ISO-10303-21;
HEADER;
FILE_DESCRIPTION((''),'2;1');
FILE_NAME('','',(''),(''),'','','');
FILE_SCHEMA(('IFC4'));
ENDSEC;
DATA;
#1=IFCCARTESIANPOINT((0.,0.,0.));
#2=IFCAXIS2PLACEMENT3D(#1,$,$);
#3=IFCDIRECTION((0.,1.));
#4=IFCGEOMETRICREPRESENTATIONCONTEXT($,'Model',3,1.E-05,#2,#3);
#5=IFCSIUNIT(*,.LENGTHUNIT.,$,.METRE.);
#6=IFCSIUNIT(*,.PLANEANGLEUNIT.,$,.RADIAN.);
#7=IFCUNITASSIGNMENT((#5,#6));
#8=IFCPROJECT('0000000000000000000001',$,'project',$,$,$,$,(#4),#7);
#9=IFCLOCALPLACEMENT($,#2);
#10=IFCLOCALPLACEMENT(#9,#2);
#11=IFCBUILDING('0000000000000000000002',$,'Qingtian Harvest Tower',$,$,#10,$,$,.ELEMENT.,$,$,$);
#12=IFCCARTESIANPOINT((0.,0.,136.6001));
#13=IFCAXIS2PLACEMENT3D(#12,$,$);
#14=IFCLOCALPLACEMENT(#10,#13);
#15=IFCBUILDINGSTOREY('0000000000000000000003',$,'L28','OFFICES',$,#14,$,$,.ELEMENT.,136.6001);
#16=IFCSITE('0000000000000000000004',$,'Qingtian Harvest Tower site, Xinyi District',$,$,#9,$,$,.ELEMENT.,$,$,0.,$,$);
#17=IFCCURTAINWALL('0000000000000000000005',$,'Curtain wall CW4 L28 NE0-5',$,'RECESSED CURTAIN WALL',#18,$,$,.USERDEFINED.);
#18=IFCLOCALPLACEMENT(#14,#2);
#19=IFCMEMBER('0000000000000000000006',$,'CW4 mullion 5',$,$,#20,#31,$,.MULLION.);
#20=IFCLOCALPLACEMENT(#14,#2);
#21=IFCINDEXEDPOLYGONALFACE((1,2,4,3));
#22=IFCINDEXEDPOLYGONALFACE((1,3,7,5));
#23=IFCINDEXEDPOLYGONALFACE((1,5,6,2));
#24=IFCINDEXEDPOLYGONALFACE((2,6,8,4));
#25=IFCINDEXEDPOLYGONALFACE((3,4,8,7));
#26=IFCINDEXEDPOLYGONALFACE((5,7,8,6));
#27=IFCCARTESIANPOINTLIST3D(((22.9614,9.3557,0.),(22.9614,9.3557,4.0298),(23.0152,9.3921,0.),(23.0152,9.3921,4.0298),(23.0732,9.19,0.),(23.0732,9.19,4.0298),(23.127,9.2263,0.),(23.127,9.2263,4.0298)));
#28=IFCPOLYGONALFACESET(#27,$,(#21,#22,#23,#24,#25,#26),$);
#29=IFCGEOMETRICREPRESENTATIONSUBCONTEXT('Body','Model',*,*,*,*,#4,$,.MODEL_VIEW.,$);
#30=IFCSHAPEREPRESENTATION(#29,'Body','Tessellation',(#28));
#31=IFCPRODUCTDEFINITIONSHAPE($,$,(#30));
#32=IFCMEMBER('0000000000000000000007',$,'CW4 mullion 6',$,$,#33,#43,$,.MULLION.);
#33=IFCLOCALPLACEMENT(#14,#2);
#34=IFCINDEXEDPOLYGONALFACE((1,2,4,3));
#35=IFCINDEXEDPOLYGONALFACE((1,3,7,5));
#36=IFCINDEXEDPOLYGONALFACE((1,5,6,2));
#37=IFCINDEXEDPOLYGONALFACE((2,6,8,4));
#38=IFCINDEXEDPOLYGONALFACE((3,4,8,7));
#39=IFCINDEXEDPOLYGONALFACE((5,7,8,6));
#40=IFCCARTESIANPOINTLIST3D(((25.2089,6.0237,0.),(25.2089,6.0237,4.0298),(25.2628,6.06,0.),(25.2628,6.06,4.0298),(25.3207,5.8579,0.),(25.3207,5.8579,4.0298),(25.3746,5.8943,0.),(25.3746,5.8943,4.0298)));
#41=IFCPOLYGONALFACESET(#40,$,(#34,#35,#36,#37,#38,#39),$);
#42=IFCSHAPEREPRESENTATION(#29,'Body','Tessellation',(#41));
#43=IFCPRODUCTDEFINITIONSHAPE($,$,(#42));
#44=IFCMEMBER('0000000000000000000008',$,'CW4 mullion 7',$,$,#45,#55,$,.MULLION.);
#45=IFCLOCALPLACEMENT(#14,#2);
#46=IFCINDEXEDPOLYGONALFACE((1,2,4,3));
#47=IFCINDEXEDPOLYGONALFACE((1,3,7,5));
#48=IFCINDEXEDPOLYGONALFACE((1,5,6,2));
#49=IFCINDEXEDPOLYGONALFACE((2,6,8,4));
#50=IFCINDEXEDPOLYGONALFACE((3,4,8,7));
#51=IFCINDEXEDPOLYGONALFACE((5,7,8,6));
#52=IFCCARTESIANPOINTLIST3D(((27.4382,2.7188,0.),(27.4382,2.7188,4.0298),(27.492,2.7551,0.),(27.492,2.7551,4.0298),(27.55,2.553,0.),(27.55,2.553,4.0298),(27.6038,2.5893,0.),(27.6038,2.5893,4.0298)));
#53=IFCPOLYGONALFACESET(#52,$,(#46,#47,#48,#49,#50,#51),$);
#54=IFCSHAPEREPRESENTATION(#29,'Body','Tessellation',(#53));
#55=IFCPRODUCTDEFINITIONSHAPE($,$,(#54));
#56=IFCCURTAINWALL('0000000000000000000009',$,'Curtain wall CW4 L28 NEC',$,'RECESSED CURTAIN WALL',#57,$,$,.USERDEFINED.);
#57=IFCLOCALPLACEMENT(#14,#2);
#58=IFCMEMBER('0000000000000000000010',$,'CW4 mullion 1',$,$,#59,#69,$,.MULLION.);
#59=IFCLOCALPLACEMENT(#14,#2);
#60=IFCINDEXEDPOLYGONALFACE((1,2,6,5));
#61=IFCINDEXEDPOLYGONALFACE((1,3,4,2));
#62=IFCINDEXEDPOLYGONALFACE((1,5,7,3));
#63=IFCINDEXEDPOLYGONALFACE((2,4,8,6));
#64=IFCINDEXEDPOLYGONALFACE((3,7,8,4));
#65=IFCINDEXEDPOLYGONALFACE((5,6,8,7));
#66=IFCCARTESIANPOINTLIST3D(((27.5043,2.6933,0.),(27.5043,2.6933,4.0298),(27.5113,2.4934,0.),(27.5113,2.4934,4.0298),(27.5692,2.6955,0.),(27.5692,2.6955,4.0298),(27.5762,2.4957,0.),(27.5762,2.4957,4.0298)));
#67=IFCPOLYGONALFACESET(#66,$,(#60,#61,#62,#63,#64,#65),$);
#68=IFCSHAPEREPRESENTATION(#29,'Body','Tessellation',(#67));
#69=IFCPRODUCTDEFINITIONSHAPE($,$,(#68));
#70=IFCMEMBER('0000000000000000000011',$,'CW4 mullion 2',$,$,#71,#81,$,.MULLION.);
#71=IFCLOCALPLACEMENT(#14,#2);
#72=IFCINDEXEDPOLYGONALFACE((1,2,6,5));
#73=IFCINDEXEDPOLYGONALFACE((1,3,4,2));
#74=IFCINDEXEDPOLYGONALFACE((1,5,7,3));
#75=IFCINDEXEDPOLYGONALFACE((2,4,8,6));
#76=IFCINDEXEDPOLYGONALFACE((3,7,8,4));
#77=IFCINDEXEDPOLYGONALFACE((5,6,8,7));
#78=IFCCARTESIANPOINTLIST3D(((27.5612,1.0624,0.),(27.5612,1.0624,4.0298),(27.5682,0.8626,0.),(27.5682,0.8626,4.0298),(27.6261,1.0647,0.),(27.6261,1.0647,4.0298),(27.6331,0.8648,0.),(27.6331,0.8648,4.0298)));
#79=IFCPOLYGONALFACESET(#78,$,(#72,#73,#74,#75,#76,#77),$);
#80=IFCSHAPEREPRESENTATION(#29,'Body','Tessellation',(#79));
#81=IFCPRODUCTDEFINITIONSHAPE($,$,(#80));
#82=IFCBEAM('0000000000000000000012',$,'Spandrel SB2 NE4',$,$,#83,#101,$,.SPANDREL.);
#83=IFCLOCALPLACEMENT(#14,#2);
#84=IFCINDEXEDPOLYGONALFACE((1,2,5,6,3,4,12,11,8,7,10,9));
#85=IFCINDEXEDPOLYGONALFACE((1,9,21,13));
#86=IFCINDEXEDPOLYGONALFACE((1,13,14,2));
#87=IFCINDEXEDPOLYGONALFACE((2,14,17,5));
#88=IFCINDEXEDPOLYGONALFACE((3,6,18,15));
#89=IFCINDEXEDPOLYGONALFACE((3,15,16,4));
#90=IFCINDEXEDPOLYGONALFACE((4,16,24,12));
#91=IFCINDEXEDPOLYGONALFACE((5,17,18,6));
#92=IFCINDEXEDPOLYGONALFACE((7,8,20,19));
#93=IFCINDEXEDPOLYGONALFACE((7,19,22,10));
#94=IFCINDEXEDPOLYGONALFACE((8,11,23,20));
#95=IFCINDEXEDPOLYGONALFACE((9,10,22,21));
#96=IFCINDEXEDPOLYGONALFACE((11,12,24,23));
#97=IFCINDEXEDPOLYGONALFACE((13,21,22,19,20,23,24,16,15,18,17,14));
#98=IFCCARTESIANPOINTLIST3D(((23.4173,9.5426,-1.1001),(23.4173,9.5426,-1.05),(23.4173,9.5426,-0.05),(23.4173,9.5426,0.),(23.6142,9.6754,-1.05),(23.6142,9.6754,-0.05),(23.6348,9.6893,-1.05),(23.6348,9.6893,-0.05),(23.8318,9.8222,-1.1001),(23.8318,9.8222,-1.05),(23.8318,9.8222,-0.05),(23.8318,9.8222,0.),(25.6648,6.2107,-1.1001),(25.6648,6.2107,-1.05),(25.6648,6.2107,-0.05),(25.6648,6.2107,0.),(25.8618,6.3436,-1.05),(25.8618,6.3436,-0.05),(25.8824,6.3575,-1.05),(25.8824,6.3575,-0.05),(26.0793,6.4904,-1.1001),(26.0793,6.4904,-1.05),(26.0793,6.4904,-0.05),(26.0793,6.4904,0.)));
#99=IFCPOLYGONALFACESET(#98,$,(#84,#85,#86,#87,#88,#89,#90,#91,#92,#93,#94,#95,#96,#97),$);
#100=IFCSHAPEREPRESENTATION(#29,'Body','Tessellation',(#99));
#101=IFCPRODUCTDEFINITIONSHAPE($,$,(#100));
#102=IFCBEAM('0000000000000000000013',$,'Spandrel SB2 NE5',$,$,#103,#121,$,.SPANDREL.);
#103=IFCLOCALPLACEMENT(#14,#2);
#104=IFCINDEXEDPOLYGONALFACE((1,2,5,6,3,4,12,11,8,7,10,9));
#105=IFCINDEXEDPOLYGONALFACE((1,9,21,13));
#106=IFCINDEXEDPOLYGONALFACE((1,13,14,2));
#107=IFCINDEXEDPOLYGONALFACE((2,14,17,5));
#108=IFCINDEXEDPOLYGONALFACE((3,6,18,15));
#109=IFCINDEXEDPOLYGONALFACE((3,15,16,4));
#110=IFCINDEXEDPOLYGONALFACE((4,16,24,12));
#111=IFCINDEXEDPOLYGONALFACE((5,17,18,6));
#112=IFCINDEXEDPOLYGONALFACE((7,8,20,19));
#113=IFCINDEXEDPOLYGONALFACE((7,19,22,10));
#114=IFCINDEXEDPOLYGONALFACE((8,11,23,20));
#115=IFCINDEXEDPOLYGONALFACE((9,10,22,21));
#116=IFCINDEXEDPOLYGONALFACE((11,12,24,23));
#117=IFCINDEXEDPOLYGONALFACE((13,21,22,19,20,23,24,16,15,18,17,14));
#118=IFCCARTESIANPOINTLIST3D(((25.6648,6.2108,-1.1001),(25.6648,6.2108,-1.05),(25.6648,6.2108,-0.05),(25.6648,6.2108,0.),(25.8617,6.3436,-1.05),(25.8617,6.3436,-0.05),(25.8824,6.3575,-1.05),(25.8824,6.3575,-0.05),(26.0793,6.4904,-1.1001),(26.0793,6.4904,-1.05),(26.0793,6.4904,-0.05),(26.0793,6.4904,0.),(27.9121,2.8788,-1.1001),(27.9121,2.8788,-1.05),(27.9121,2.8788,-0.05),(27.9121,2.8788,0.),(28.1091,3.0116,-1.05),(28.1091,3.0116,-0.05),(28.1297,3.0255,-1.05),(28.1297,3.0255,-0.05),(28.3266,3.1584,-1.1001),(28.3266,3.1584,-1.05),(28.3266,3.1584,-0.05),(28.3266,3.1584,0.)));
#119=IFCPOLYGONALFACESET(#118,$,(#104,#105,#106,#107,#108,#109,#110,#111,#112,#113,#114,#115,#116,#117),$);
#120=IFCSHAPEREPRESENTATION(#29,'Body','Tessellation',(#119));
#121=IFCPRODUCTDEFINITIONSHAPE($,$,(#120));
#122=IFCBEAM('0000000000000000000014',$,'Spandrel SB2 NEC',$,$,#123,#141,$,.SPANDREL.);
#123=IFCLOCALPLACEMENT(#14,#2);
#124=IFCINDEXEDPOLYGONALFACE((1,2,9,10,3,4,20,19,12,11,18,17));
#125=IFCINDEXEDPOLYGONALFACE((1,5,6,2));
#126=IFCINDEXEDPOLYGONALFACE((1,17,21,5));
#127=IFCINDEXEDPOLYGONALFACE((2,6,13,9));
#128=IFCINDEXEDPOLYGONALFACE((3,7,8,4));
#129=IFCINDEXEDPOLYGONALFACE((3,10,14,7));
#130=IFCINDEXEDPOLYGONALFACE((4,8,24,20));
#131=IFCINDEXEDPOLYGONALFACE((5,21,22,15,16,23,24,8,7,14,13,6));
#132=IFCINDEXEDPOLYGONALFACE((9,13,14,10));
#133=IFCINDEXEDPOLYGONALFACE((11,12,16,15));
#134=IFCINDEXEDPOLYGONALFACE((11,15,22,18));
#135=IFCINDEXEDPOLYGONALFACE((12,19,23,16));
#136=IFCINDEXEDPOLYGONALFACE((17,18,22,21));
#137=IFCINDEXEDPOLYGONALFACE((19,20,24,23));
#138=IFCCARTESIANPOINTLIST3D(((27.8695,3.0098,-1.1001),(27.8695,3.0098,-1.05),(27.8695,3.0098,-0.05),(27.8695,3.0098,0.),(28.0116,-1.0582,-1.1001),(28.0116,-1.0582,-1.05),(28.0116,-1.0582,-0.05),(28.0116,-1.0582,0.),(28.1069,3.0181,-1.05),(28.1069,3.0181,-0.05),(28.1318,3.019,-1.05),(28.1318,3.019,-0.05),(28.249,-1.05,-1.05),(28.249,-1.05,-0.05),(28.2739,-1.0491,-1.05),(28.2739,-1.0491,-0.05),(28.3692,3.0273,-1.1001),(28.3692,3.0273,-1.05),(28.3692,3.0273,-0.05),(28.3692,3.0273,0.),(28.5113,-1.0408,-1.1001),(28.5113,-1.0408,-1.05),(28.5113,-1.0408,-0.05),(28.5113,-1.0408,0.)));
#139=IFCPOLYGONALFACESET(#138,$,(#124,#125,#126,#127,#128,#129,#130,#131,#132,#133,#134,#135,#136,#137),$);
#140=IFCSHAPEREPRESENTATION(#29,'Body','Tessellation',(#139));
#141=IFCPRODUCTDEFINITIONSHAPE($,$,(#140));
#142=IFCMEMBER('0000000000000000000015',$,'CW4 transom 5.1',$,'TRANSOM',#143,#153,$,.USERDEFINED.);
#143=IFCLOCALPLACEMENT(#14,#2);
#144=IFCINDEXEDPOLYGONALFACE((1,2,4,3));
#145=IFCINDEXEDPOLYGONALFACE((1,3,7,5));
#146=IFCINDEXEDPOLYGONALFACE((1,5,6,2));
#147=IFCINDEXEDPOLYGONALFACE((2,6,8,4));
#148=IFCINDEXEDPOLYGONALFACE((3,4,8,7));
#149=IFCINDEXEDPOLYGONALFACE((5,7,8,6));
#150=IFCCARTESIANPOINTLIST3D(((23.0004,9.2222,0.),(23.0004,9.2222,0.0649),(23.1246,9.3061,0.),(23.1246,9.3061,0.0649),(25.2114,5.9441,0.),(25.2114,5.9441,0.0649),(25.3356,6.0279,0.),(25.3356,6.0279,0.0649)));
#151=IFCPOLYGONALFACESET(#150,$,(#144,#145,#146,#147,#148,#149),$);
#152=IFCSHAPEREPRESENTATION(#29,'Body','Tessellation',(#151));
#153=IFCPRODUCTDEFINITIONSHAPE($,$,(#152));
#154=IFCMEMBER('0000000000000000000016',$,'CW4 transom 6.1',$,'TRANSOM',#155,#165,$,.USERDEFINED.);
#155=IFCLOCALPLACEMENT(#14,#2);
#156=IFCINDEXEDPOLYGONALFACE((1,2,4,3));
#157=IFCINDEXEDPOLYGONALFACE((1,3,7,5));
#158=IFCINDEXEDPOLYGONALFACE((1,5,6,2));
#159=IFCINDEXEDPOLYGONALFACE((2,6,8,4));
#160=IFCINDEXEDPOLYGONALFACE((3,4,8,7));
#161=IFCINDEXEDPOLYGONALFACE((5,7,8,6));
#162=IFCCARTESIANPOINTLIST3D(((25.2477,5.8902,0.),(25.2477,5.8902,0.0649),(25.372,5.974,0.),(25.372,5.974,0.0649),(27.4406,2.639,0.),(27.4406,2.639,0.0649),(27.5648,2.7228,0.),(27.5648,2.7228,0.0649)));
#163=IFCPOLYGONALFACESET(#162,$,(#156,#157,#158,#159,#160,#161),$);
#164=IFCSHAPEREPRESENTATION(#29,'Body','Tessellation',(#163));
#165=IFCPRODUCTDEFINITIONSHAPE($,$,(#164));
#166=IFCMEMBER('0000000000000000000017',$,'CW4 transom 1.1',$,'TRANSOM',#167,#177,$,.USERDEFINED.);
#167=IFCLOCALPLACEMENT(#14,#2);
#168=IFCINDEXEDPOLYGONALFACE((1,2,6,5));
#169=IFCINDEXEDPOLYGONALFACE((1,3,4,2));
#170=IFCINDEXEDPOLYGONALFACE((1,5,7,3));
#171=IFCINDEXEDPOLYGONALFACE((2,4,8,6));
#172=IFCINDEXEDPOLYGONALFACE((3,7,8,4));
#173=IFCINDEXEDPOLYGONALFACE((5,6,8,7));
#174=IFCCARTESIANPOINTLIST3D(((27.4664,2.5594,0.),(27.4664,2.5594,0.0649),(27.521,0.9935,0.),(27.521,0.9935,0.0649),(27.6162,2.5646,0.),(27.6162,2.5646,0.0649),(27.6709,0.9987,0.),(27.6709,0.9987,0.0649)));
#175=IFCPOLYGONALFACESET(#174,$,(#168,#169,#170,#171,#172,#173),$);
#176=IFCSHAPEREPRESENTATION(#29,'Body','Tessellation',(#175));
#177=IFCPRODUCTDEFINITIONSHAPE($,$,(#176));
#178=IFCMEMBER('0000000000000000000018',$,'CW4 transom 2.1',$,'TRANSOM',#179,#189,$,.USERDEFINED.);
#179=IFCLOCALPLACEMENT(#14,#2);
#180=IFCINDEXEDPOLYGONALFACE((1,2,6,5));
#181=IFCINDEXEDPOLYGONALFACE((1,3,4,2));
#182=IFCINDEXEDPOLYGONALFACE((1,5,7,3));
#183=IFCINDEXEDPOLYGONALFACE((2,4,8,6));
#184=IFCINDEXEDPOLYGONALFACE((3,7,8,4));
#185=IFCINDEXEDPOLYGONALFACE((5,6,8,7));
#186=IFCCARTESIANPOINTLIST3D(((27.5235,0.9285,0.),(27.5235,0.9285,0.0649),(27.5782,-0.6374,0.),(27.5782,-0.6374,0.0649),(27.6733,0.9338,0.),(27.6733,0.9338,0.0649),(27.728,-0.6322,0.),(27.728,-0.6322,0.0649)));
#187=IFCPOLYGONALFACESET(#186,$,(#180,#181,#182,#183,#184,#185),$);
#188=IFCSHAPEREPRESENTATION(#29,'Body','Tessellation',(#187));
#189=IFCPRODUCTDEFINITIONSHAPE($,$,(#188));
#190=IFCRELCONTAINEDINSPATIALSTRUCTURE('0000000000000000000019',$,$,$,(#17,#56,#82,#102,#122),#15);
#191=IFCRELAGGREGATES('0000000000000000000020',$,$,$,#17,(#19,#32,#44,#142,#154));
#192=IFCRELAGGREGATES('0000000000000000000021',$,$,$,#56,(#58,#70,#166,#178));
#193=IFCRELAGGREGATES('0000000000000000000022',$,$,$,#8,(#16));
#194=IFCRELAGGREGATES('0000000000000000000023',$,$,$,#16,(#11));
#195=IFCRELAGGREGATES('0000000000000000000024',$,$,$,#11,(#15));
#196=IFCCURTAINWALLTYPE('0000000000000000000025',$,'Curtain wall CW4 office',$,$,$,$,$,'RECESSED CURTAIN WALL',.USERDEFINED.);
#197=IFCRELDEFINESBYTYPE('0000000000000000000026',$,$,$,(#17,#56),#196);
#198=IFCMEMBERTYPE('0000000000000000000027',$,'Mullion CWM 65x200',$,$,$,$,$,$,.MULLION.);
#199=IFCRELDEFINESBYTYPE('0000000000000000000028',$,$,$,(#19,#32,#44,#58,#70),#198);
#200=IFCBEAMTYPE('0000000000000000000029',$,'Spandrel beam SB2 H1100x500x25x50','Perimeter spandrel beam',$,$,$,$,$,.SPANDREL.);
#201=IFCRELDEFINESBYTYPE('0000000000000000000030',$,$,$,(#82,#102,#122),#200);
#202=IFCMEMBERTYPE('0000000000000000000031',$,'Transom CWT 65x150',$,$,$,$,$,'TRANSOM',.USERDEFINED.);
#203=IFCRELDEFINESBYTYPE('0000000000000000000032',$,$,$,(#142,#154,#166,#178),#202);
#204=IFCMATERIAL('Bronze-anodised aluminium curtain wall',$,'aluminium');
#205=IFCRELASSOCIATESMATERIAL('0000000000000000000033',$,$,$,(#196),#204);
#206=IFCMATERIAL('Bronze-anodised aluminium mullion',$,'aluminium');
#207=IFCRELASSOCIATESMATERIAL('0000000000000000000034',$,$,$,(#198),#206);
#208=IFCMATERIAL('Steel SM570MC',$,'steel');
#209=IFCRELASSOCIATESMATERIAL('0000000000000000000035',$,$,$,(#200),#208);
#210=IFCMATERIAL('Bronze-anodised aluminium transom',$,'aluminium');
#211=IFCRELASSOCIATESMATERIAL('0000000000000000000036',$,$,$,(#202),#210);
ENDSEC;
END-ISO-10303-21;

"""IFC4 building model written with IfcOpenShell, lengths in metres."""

from ifc_helpers import new_model, si_unit, direction, frame, origin, origin_2d, place, context, subcontext, project, spatial, rectangle, i_section, extrude, material, material_profile, profile_set, type_object, element, aggregate, save


model = new_model("IFC4")

# Units and contexts
model_context = context("Model", 3, precision=1e-05, world=origin(), true_north=direction((0.0, 1.0)))
body_context = subcontext(model_context, "Body", "Model", "MODEL_VIEW")
ifc_project = project(units=[si_unit("LENGTHUNIT", "METRE"), si_unit("PLANEANGLEUNIT", "RADIAN")], contexts=[model_context])

# Site, building, storey
site_placement = place(None, origin())
site = spatial("IfcSite", under=ifc_project, at=site_placement, Name="Qingtian Harvest Tower site, Xinyi District", CompositionType="ELEMENT", RefElevation=0.0)
building_placement = place(site_placement, origin())
building = spatial("IfcBuilding", under=site, at=building_placement, Name="Qingtian Harvest Tower", CompositionType="ELEMENT")
storey_placement = place(building_placement, frame((0.0, 0.0, 136.6001)))
storey = spatial("IfcBuildingStorey", under=building, at=storey_placement, Name="L28", Description="OFFICES", CompositionType="ELEMENT", Elevation=136.6001)

# Curtain walls, members
ifc_material_1 = material(Name="Bronze-anodised aluminium curtain wall", Category="aluminium")
curtain_wall_type = type_object("IfcCurtainWallType", Name="Curtain wall CW4 office", ElementType="RECESSED CURTAIN WALL", PredefinedType="USERDEFINED", material=ifc_material_1)
curtain_wall_1_placement = place(storey_placement, origin())
curtain_wall_1 = element("IfcCurtainWall", 1, at=curtain_wall_1_placement, inside=storey, type_object=curtain_wall_type, Name="Curtain wall CW4 L28 NE0-5", ObjectType="RECESSED CURTAIN WALL", PredefinedType="USERDEFINED")
ifc_material_2 = material(Name="Bronze-anodised aluminium mullion", Category="aluminium")
ifc_material_profile_1 = material_profile(ifc_material_2, rectangle(XDim=0.0649, YDim=0.2, at=origin_2d()), Name="AL 65x200")
ifc_profile_set_1 = profile_set([ifc_material_profile_1], Name="Bronze-anodised aluminium mullion")
member_type_1 = type_object("IfcMemberType", Name="Mullion CWM 65x200", PredefinedType="MULLION", material=ifc_profile_set_1)
member_1_placement = place(storey_placement, frame((23.0442, 9.291, 0.0), z_axis=(0.0, 0.0, 1.0), x_axis=(0.829038, 0.559193, 0.0)))
member_1 = element("IfcMember", 2, at=member_1_placement, type_object=member_type_1, Name="CW4 mullion 5", PredefinedType="MULLION", context=body_context, shape_type="SweptSolid", body=[
    extrude(rectangle(XDim=0.0649, YDim=0.2, at=origin_2d()), origin(), (0.0, 0.0, 1.0), 4.0298),
])
member_2_placement = place(storey_placement, frame((25.2917, 5.959, 0.0), z_axis=(0.0, 0.0, 1.0), x_axis=(0.829038, 0.559193, 0.0)))
member_2 = element("IfcMember", 3, at=member_2_placement, type_object=member_type_1, Name="CW4 mullion 6", PredefinedType="MULLION", context=body_context, shape_type="SweptSolid", body=[
    extrude(rectangle(XDim=0.0649, YDim=0.2, at=origin_2d()), origin(), (0.0, 0.0, 1.0), 4.0298),
])
member_3_placement = place(storey_placement, frame((27.521, 2.6541, 0.0), z_axis=(0.0, 0.0, 1.0), x_axis=(0.829038, 0.559193, 0.0)))
member_3 = element("IfcMember", 4, at=member_3_placement, type_object=member_type_1, Name="CW4 mullion 7", PredefinedType="MULLION", context=body_context, shape_type="SweptSolid", body=[
    extrude(rectangle(XDim=0.0649, YDim=0.2, at=origin_2d()), origin(), (0.0, 0.0, 1.0), 4.0298),
])
curtain_wall_2_placement = place(storey_placement, origin())
curtain_wall_2 = element("IfcCurtainWall", 5, at=curtain_wall_2_placement, inside=storey, type_object=curtain_wall_type, Name="Curtain wall CW4 L28 NEC", ObjectType="RECESSED CURTAIN WALL", PredefinedType="USERDEFINED")
member_4_placement = place(storey_placement, frame((27.5403, 2.5945, 0.0), z_axis=(0.0, 0.0, 1.0), x_axis=(0.999391, 0.034899, 0.0)))
member_4 = element("IfcMember", 6, at=member_4_placement, type_object=member_type_1, Name="CW4 mullion 1", PredefinedType="MULLION", context=body_context, shape_type="SweptSolid", body=[
    extrude(rectangle(XDim=0.0649, YDim=0.2, at=origin_2d()), origin(), (0.0, 0.0, 1.0), 4.0298),
])
member_5_placement = place(storey_placement, frame((27.5972, 0.9636, 0.0), z_axis=(0.0, 0.0, 1.0), x_axis=(0.999391, 0.034899, 0.0)))
member_5 = element("IfcMember", 7, at=member_5_placement, type_object=member_type_1, Name="CW4 mullion 2", PredefinedType="MULLION", context=body_context, shape_type="SweptSolid", body=[
    extrude(rectangle(XDim=0.0649, YDim=0.2, at=origin_2d()), origin(), (0.0, 0.0, 1.0), 4.0298),
])

# Beams
ifc_material_3 = material(Name="Steel SM570MC", Category="steel")
ifc_material_profile_2 = material_profile(ifc_material_3, i_section(OverallWidth=0.5, OverallDepth=1.1001, WebThickness=0.0249, FlangeThickness=0.05, at=origin_2d()), Name="H1100x500x25x50")
ifc_profile_set_2 = profile_set([ifc_material_profile_2], Name="Steel SM570MC")
beam_type_1 = type_object("IfcBeamType", Name="Spandrel beam SB2 H1100x500x25x50", Description="Perimeter spandrel beam", PredefinedType="SPANDREL", material=ifc_profile_set_2)
for number, where, z_axis, x_axis, name in (
    (8, (23.6245, 9.6824, -0.55), (0.559234, -0.82901, 0.0), (0.82901, 0.559234, 0.0), "Spandrel SB2 NE4"),
    (9, (25.8721, 6.3506, -0.55), (0.559164, -0.829057, 0.0), (0.829057, 0.559164, 0.0), "Spandrel SB2 NE5"),
):
    element("IfcBeam", number, at=place(storey_placement, frame(where, z_axis=z_axis, x_axis=x_axis)), inside=storey, type_object=beam_type_1, Name=name, PredefinedType="SPANDREL", context=body_context, shape_type="SweptSolid", body=[
        extrude(i_section(OverallWidth=0.5, OverallDepth=1.1001, WebThickness=0.0249, FlangeThickness=0.05, at=origin_2d()), origin(), (0.0, 0.0, 1.0), 4.019),
    ])
beam_1_placement = place(storey_placement, frame((28.1194, 3.0186, -0.55), z_axis=(0.034906, -0.999391, 0.0), x_axis=(0.999391, 0.034906, 0.0)))
element("IfcBeam", 10, at=beam_1_placement, inside=storey, type_object=beam_type_1, Name="Spandrel SB2 NEC", PredefinedType="SPANDREL", context=body_context, shape_type="SweptSolid", body=[
    extrude(i_section(OverallWidth=0.5, OverallDepth=1.1001, WebThickness=0.0249, FlangeThickness=0.05, at=origin_2d()), origin(), (0.0, 0.0, 1.0), 4.0706),
])

# Members
ifc_material_4 = material(Name="Bronze-anodised aluminium transom", Category="aluminium")
ifc_material_profile_3 = material_profile(ifc_material_4, rectangle(XDim=0.1499, YDim=0.0649, at=origin_2d()), Name="AL 65x150")
ifc_profile_set_3 = profile_set([ifc_material_profile_3], Name="Bronze-anodised aluminium transom")
member_type_2 = type_object("IfcMemberType", Name="Transom CWT 65x150", ElementType="TRANSOM", PredefinedType="USERDEFINED", material=ifc_profile_set_3)
member_6_placement = place(storey_placement, frame((23.0625, 9.2642, 0.0325), z_axis=(0.559166, -0.829055, 0.0), x_axis=(0.829055, 0.559166, 0.0)))
member_6 = element("IfcMember", 11, at=member_6_placement, type_object=member_type_2, Name="CW4 transom 5.1", ObjectType="TRANSOM", PredefinedType="USERDEFINED", context=body_context, shape_type="SweptSolid", body=[
    extrude(rectangle(XDim=0.1499, YDim=0.0649, at=origin_2d()), origin(), (0.0, 0.0, 1.0), 3.9541),
])
member_7_placement = place(storey_placement, frame((25.3098, 5.9321, 0.0325), z_axis=(0.559175, -0.82905, 0.0), x_axis=(0.82905, 0.559175, 0.0)))
member_7 = element("IfcMember", 12, at=member_7_placement, type_object=member_type_2, Name="CW4 transom 6.1", ObjectType="TRANSOM", PredefinedType="USERDEFINED", context=body_context, shape_type="SweptSolid", body=[
    extrude(rectangle(XDim=0.1499, YDim=0.0649, at=origin_2d()), origin(), (0.0, 0.0, 1.0), 3.9216),
])
member_8_placement = place(storey_placement, frame((27.5413, 2.562, 0.0325), z_axis=(0.034902, -0.999391, 0.0), x_axis=(0.999391, 0.034902, 0.0)))
member_8 = element("IfcMember", 13, at=member_8_placement, type_object=member_type_2, Name="CW4 transom 1.1", ObjectType="TRANSOM", PredefinedType="USERDEFINED", context=body_context, shape_type="SweptSolid", body=[
    extrude(rectangle(XDim=0.1499, YDim=0.0649, at=origin_2d()), origin(), (0.0, 0.0, 1.0), 1.5669),
])
member_9_placement = place(storey_placement, frame((27.5984, 0.9312, 0.0325), z_axis=(0.034902, -0.999391, 0.0), x_axis=(0.999391, 0.034902, 0.0)))
member_9 = element("IfcMember", 14, at=member_9_placement, type_object=member_type_2, Name="CW4 transom 2.1", ObjectType="TRANSOM", PredefinedType="USERDEFINED", context=body_context, shape_type="SweptSolid", body=[
    extrude(rectangle(XDim=0.1499, YDim=0.0649, at=origin_2d()), origin(), (0.0, 0.0, 1.0), 1.5669),
])

aggregate(curtain_wall_1, [member_1, member_2, member_3, member_6, member_7])
aggregate(curtain_wall_2, [member_4, member_5, member_8, member_9])

save(model, "model.ifc")
